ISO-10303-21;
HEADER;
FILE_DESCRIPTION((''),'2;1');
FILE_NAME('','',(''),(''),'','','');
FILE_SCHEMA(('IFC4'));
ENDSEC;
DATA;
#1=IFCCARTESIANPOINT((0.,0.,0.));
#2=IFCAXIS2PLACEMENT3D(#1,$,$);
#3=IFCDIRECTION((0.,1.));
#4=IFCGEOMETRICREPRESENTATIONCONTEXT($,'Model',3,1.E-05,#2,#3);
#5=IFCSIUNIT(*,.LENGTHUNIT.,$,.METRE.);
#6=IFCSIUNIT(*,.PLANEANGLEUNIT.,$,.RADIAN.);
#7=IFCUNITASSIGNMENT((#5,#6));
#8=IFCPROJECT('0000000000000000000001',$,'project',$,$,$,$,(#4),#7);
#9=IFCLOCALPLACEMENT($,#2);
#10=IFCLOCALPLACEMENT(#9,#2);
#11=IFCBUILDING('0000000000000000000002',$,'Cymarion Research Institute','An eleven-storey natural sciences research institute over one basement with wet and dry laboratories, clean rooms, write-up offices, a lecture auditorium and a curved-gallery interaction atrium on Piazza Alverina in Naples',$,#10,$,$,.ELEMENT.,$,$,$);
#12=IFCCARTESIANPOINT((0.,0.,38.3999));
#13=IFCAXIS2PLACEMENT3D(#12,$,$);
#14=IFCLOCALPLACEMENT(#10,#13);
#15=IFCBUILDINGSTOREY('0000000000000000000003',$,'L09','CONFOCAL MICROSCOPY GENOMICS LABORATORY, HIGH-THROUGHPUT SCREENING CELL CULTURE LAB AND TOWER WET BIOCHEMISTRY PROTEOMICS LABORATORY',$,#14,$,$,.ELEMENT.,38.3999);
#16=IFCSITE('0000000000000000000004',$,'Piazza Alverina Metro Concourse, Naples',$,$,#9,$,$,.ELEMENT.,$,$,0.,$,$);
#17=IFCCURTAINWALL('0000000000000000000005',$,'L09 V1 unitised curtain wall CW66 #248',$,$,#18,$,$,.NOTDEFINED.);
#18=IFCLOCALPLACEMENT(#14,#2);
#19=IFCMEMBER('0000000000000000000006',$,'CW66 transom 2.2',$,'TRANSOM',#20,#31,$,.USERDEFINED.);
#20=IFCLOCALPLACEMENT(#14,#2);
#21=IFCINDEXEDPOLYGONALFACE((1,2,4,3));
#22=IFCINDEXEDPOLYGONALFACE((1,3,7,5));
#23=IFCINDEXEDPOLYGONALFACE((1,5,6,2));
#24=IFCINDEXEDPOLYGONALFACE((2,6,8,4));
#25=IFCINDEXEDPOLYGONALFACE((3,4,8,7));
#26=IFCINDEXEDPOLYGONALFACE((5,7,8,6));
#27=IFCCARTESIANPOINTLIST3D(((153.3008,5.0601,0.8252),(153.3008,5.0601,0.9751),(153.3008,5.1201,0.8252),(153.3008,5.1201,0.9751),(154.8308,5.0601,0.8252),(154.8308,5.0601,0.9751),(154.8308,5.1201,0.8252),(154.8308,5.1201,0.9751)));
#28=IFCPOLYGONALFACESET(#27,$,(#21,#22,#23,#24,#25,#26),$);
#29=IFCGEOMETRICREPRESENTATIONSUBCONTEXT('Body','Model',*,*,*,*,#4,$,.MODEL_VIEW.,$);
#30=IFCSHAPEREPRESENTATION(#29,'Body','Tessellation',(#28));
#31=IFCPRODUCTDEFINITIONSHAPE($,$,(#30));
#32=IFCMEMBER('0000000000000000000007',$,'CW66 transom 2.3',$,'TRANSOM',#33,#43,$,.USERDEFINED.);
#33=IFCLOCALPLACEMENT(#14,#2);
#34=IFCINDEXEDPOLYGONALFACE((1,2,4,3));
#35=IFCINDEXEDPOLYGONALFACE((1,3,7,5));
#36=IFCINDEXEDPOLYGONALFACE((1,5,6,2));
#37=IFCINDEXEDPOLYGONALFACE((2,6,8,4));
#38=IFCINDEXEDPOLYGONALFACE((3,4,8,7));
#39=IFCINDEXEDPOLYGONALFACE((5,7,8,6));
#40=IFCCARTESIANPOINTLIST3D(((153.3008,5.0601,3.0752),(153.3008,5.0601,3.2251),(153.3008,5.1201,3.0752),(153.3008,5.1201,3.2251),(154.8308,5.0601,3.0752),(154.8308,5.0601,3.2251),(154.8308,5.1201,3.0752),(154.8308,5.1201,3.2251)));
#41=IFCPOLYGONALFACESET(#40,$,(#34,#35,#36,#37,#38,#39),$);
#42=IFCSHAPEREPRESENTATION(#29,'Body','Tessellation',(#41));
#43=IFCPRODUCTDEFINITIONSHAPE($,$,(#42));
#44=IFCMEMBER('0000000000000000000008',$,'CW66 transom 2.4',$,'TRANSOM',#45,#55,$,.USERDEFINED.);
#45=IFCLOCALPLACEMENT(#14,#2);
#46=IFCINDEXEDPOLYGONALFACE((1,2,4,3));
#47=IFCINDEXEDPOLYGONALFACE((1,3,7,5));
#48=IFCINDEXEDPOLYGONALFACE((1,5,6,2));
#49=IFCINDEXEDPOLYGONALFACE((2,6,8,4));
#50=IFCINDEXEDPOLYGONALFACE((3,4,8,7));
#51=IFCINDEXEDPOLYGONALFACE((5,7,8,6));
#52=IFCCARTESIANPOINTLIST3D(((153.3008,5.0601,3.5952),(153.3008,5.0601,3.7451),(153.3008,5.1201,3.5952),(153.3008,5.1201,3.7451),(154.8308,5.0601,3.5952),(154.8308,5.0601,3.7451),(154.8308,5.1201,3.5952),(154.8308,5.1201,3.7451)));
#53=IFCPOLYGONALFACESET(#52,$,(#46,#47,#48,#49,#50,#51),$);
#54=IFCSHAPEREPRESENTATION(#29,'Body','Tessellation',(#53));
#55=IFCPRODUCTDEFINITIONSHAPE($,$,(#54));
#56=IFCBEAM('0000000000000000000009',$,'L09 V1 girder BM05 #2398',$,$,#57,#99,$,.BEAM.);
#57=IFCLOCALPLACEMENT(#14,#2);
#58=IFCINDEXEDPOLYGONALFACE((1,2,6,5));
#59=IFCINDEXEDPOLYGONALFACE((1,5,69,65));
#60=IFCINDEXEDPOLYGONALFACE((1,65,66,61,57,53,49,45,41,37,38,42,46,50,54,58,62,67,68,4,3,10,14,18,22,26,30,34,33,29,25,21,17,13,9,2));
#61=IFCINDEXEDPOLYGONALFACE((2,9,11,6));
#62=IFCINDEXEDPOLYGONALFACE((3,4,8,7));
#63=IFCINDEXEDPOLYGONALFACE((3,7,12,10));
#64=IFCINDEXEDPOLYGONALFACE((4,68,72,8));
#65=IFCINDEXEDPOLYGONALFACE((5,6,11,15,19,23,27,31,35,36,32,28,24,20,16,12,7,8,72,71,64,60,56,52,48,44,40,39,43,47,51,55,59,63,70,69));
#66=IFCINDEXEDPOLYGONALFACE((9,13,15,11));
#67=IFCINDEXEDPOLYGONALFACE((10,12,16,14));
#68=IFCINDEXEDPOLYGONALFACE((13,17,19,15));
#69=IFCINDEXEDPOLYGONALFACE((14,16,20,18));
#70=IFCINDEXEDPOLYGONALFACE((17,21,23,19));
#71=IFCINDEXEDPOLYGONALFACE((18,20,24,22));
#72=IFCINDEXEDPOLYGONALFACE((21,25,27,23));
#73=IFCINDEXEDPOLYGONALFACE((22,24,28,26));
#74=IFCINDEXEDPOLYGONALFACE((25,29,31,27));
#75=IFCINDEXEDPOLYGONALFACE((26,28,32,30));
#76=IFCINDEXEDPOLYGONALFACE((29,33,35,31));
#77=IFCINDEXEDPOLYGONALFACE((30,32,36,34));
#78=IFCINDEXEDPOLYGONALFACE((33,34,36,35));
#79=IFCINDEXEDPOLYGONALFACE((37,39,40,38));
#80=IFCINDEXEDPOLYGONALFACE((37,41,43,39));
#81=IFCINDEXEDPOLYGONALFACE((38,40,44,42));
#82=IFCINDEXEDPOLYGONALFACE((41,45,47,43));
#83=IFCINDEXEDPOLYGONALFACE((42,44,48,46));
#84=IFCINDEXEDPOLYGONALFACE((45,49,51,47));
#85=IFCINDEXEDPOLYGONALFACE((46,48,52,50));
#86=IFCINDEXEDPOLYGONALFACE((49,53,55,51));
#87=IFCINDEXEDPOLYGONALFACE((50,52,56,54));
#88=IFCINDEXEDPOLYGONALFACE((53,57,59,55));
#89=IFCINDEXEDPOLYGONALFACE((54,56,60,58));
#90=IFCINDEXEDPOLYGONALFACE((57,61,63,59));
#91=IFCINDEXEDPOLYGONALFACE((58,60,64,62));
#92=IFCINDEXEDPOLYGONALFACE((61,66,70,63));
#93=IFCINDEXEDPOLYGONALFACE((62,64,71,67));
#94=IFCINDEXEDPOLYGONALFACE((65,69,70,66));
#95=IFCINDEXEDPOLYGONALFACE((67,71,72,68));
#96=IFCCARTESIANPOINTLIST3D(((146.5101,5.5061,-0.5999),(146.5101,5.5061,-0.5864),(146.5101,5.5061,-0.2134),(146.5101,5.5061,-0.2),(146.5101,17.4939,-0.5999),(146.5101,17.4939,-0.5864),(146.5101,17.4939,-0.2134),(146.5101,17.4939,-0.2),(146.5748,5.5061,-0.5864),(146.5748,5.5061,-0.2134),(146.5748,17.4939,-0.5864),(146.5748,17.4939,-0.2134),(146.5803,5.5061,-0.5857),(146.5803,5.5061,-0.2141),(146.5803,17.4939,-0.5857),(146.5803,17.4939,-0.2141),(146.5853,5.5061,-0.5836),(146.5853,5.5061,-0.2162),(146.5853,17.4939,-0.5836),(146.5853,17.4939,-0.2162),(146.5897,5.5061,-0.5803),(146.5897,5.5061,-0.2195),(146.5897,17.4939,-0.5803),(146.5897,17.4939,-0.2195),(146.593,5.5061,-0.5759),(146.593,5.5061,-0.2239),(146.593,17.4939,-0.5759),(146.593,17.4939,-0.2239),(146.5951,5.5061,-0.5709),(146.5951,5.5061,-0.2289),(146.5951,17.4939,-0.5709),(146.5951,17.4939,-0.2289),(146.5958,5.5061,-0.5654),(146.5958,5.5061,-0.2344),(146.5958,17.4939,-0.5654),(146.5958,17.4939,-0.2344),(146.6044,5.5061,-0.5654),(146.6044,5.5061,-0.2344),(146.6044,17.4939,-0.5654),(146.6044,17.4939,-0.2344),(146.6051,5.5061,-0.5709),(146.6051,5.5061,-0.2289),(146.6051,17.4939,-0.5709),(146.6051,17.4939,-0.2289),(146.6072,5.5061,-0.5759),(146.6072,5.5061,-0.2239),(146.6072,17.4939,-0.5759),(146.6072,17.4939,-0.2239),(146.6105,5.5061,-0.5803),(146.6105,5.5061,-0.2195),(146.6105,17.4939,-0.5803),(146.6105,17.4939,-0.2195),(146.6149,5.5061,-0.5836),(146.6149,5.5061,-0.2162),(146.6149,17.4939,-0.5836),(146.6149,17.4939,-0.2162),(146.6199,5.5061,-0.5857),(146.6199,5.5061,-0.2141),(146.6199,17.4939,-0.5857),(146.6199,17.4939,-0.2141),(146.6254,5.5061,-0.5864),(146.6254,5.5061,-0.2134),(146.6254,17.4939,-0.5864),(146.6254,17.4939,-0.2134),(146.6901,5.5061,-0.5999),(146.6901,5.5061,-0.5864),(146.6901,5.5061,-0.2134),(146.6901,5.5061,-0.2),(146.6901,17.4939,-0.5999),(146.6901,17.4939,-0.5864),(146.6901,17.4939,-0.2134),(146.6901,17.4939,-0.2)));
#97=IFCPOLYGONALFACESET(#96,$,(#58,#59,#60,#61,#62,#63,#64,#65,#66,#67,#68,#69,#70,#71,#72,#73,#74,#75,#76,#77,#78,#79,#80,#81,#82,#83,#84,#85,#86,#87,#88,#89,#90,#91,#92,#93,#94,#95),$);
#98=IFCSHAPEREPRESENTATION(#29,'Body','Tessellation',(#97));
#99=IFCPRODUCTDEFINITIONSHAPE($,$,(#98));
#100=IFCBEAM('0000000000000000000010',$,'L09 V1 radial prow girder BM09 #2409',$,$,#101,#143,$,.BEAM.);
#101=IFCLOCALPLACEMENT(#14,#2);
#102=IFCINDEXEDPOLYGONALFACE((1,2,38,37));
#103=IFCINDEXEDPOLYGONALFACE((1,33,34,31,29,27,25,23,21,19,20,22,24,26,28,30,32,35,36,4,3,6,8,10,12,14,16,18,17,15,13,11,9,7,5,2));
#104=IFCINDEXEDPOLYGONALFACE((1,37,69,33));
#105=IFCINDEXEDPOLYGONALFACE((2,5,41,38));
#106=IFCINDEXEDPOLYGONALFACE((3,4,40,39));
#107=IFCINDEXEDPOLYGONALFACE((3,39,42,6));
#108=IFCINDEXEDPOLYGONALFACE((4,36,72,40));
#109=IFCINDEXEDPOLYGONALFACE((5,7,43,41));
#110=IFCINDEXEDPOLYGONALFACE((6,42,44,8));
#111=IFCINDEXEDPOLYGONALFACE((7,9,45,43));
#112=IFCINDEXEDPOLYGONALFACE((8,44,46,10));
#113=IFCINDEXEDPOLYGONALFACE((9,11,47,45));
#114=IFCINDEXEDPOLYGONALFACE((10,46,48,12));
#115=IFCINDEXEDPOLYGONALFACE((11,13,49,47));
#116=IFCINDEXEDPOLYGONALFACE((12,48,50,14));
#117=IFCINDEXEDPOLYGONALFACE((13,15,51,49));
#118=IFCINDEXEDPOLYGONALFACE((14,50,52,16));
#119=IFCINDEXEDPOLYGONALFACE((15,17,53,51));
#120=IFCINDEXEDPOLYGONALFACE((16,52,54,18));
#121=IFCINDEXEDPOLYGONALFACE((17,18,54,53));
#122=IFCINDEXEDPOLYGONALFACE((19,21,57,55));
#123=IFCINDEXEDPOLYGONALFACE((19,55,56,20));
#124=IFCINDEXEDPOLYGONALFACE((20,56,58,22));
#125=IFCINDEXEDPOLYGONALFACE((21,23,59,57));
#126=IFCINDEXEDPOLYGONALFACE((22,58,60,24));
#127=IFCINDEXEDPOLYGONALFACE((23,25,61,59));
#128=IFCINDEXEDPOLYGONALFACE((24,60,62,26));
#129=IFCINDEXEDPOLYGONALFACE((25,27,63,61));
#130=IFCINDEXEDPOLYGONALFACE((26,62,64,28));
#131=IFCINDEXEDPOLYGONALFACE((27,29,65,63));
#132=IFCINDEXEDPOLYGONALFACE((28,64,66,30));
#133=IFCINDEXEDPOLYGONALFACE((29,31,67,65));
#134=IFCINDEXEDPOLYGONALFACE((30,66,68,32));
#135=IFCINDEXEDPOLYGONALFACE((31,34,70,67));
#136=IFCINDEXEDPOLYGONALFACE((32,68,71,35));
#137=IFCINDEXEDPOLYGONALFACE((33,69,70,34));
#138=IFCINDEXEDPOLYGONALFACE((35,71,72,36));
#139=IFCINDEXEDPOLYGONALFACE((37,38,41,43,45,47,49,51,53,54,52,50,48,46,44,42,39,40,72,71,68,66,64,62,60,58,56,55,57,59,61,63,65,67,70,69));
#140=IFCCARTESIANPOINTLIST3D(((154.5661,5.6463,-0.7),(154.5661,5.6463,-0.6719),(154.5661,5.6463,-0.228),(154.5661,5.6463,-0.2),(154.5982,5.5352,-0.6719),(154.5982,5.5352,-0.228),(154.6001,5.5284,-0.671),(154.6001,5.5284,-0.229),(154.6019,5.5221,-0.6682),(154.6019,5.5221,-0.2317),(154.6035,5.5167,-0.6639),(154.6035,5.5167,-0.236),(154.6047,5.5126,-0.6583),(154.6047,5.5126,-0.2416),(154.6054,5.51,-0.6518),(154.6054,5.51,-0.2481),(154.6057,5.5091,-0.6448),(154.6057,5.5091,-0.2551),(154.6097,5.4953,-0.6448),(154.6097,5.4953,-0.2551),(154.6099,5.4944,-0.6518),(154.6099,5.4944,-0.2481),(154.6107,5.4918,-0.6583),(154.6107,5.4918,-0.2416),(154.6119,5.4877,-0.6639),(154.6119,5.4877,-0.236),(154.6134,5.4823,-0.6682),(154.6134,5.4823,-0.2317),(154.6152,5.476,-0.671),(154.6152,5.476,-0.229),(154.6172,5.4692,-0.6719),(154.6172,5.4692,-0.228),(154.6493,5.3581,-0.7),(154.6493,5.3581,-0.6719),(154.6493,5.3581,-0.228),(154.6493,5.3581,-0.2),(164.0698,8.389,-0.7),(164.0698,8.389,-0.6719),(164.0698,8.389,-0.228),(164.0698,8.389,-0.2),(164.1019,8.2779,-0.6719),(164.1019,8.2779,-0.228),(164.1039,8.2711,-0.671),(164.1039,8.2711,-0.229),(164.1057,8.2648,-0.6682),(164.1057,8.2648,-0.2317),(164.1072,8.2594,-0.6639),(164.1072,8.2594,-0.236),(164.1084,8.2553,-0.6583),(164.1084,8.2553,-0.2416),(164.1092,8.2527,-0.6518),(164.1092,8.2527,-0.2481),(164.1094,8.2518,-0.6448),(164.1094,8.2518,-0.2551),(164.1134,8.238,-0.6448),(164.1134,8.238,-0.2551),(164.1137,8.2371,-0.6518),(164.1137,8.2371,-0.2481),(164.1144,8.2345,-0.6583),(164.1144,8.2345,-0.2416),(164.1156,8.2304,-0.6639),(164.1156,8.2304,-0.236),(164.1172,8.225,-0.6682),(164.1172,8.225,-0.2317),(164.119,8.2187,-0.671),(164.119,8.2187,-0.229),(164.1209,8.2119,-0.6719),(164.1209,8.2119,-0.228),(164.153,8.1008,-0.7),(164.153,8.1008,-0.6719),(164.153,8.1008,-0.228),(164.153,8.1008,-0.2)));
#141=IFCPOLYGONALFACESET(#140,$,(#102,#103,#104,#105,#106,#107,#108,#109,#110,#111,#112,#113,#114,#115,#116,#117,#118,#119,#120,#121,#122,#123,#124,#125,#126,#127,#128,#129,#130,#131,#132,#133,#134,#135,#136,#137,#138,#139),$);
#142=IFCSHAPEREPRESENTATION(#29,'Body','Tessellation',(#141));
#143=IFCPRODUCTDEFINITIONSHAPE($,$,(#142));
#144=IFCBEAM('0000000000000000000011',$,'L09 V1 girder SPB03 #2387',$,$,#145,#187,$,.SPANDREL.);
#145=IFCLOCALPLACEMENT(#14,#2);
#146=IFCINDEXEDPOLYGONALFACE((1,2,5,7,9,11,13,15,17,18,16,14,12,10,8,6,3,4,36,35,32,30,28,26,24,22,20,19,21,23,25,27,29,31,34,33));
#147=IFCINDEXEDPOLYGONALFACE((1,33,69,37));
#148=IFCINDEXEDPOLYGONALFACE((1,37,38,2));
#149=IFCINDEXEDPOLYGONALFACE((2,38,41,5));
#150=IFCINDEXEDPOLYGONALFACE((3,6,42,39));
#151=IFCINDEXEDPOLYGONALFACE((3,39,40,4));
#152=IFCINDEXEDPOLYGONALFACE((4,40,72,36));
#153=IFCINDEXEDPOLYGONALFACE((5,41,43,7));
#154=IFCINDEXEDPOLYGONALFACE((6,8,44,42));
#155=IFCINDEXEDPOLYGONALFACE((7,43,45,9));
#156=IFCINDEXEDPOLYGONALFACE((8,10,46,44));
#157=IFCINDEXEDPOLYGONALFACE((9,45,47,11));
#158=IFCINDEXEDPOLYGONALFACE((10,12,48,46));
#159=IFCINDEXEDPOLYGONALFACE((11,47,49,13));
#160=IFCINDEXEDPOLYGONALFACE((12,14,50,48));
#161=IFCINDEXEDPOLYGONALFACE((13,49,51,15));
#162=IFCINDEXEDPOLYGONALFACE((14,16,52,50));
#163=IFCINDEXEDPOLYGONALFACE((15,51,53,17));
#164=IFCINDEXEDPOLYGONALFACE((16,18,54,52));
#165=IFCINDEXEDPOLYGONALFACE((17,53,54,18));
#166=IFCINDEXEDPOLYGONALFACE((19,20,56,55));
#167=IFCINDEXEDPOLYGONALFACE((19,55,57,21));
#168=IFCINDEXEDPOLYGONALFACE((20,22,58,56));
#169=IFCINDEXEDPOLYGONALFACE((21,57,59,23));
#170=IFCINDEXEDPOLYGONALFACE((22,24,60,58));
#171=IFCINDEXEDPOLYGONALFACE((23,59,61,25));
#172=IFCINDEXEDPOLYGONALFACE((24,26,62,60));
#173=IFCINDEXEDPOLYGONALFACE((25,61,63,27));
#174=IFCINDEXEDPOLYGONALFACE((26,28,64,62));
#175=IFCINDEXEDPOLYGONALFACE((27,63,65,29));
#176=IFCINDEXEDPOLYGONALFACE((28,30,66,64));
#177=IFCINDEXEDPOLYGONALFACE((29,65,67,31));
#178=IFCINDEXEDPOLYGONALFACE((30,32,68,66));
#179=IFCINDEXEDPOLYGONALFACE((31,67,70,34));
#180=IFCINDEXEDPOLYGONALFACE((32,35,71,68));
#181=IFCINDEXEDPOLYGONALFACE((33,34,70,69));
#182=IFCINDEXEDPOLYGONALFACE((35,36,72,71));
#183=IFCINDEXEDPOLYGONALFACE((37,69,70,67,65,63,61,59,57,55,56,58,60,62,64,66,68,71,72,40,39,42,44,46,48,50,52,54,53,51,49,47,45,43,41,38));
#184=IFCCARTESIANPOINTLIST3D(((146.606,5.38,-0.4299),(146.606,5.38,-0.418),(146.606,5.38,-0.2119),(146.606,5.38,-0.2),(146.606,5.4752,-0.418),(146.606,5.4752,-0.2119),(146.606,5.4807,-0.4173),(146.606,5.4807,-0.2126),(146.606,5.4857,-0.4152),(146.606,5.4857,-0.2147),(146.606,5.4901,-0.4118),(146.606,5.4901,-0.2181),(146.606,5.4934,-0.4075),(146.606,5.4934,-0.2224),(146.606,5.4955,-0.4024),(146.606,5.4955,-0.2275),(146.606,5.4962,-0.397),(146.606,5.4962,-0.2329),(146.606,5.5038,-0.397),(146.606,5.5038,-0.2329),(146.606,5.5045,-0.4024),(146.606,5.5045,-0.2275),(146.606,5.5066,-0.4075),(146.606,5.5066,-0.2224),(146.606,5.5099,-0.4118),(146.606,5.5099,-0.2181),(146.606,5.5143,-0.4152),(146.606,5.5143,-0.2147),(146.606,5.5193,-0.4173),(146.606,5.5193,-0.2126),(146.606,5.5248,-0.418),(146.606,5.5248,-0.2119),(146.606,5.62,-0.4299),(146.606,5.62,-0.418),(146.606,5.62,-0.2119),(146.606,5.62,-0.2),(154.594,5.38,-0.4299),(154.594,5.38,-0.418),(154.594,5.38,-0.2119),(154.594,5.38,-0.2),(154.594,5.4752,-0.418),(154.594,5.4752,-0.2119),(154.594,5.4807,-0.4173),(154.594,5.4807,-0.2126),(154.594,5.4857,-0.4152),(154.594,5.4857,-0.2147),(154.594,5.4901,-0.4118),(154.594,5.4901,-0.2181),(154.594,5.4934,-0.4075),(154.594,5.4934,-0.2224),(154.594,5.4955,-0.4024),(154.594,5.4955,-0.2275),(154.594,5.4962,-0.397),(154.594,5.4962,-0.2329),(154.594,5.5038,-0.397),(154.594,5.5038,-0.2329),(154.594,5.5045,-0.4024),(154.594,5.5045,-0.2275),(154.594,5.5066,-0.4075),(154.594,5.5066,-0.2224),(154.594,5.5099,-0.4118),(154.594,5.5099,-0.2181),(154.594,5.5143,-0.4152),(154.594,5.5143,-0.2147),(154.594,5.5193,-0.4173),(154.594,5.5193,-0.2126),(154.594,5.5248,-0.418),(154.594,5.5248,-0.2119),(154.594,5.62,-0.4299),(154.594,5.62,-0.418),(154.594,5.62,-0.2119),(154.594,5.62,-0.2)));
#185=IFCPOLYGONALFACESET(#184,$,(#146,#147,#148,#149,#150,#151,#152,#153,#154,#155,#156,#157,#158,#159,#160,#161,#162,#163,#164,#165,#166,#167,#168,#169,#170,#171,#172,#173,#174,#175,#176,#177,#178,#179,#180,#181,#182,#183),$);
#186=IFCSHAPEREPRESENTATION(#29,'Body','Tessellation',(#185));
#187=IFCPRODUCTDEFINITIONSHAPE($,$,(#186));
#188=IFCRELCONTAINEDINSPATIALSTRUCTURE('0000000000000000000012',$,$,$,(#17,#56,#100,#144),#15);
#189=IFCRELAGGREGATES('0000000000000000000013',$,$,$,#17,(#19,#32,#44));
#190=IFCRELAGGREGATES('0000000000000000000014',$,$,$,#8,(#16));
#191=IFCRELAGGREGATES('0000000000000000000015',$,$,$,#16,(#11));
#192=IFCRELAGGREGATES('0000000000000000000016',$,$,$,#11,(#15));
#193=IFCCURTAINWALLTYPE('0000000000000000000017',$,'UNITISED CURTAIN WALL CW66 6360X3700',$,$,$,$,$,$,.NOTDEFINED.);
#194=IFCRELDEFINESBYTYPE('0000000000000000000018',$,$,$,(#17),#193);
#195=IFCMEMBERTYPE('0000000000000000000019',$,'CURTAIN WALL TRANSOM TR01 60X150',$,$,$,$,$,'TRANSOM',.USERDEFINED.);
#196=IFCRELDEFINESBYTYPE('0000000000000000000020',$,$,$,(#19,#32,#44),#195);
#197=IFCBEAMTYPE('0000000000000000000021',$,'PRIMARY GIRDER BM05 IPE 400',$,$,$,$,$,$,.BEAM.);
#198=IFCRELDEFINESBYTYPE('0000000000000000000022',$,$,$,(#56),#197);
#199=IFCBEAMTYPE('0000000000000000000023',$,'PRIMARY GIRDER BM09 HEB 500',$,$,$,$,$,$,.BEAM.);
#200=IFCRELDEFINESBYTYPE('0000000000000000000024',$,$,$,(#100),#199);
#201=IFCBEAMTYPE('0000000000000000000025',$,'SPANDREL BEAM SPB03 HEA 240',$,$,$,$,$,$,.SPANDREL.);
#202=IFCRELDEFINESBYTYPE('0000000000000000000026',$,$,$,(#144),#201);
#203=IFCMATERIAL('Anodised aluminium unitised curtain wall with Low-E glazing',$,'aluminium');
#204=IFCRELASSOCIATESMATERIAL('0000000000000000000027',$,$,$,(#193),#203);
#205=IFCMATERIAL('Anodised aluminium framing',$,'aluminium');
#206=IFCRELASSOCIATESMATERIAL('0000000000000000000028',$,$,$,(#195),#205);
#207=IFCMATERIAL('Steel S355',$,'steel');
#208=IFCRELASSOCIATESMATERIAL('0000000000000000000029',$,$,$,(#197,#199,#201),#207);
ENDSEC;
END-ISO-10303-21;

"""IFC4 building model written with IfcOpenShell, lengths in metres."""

from ifc_helpers import new_model, si_unit, direction, frame, origin, origin_2d, place, context, subcontext, project, spatial, rectangle, i_section, extrude, material, material_profile, profile_set, type_object, element, aggregate, save


model = new_model("IFC4")

# Units and contexts
model_context = context("Model", 3, precision=1e-05, world=origin(), true_north=direction((0.0, 1.0)))
body_context = subcontext(model_context, "Body", "Model", "MODEL_VIEW")
ifc_project = project(units=[si_unit("LENGTHUNIT", "METRE"), si_unit("PLANEANGLEUNIT", "RADIAN")], contexts=[model_context])

# Site, building, storey
site_placement = place(None, origin())
site = spatial("IfcSite", under=ifc_project, at=site_placement, Name="Piazza Alverina Metro Concourse, Naples", CompositionType="ELEMENT", RefElevation=0.0)
building_placement = place(site_placement, origin())
building = spatial("IfcBuilding", under=site, at=building_placement, Name="Cymarion Research Institute", Description="An eleven-storey natural sciences research institute over one basement with wet and dry laboratories, clean rooms, write-up offices, a lecture auditorium and a curved-gallery interaction atrium on Piazza Alverina in Naples", CompositionType="ELEMENT")
storey_placement = place(building_placement, frame((0.0, 0.0, 38.3999)))
storey = spatial("IfcBuildingStorey", under=building, at=storey_placement, Name="L09", Description="CONFOCAL MICROSCOPY GENOMICS LABORATORY, HIGH-THROUGHPUT SCREENING CELL CULTURE LAB AND TOWER WET BIOCHEMISTRY PROTEOMICS LABORATORY", CompositionType="ELEMENT", Elevation=38.3999)

# Shared definitions
ifc_material_1 = material(Name="Steel S355", Category="steel")

# Curtain wall, members
ifc_material_2 = material(Name="Anodised aluminium unitised curtain wall with Low-E glazing", Category="aluminium")
curtain_wall_type = type_object("IfcCurtainWallType", Name="UNITISED CURTAIN WALL CW66 6360X3700", PredefinedType="NOTDEFINED", material=ifc_material_2)
curtain_wall_placement = place(storey_placement, origin())
curtain_wall = element("IfcCurtainWall", 1, at=curtain_wall_placement, inside=storey, type_object=curtain_wall_type, Name="L09 V1 unitised curtain wall CW66 #248", PredefinedType="NOTDEFINED")
ifc_material_3 = material(Name="Anodised aluminium framing", Category="aluminium")
ifc_material_profile_1 = material_profile(ifc_material_3, rectangle(XDim=0.0601, YDim=0.1499, at=origin_2d()), Name="ALU TRANSOM 60x150")
ifc_profile_set_1 = profile_set([ifc_material_profile_1], Name="Anodised aluminium framing")
member_type_1 = type_object("IfcMemberType", Name="CURTAIN WALL TRANSOM TR01 60X150", ElementType="TRANSOM", PredefinedType="USERDEFINED", material=ifc_profile_set_1)
member_1_placement = place(storey_placement, frame((153.3008, 5.0901, 0.9001), z_axis=(1.0, 0.0, 0.0), x_axis=(0.0, 1.0, 0.0)))
member_1 = element("IfcMember", 2, at=member_1_placement, type_object=member_type_1, Name="CW66 transom 2.2", ObjectType="TRANSOM", PredefinedType="USERDEFINED", context=body_context, shape_type="SweptSolid", body=[
    extrude(rectangle(XDim=0.0601, YDim=0.1499, at=origin_2d()), origin(), (0.0, 0.0, 1.0), 1.53),
])
member_2_placement = place(storey_placement, frame((153.3008, 5.0901, 3.1501), z_axis=(1.0, 0.0, 0.0), x_axis=(0.0, 1.0, 0.0)))
member_2 = element("IfcMember", 3, at=member_2_placement, type_object=member_type_1, Name="CW66 transom 2.3", ObjectType="TRANSOM", PredefinedType="USERDEFINED", context=body_context, shape_type="SweptSolid", body=[
    extrude(rectangle(XDim=0.0601, YDim=0.1499, at=origin_2d()), origin(), (0.0, 0.0, 1.0), 1.53),
])
member_3_placement = place(storey_placement, frame((153.3008, 5.0901, 3.6702), z_axis=(1.0, 0.0, 0.0), x_axis=(0.0, 1.0, 0.0)))
member_3 = element("IfcMember", 4, at=member_3_placement, type_object=member_type_1, Name="CW66 transom 2.4", ObjectType="TRANSOM", PredefinedType="USERDEFINED", context=body_context, shape_type="SweptSolid", body=[
    extrude(rectangle(XDim=0.0601, YDim=0.1499, at=origin_2d()), origin(), (0.0, 0.0, 1.0), 1.53),
])

# Beams
ifc_material_profile_2 = material_profile(ifc_material_1, i_section(OverallWidth=0.1799, OverallDepth=0.3999, WebThickness=0.0085, FlangeThickness=0.0134, FilletRadius=0.021, at=origin_2d()), Name="IPE 400")
ifc_profile_set_2 = profile_set([ifc_material_profile_2], Name="Steel S355")
beam_type_1 = type_object("IfcBeamType", Name="PRIMARY GIRDER BM05 IPE 400", PredefinedType="BEAM", material=ifc_profile_set_2)
beam_1_placement = place(storey_placement, frame((146.6001, 5.5061, -0.3999), z_axis=(0.0, 1.0, 0.0), x_axis=(-1.0, 0.0, 0.0)))
element("IfcBeam", 5, at=beam_1_placement, inside=storey, type_object=beam_type_1, Name="L09 V1 girder BM05 #2398", PredefinedType="BEAM", context=body_context, shape_type="SweptSolid", body=[
    extrude(i_section(OverallWidth=0.1799, OverallDepth=0.3999, WebThickness=0.0085, FlangeThickness=0.0134, FilletRadius=0.021, at=origin_2d()), origin(), (0.0, 0.0, 1.0), 11.9878),
])
ifc_material_profile_3 = material_profile(ifc_material_1, i_section(OverallWidth=0.3, OverallDepth=0.5, WebThickness=0.0144, FlangeThickness=0.0281, FilletRadius=0.0271, at=origin_2d()), Name="HEB 500")
ifc_profile_set_3 = profile_set([ifc_material_profile_3], Name="Steel S355")
beam_type_2 = type_object("IfcBeamType", Name="PRIMARY GIRDER BM09 HEB 500", PredefinedType="BEAM", material=ifc_profile_set_3)
beam_2_placement = place(storey_placement, frame((154.6077, 5.5022, -0.45), z_axis=(0.96079, 0.277276, 0.0), x_axis=(-0.277276, 0.96079, 0.0)))
element("IfcBeam", 6, at=beam_2_placement, inside=storey, type_object=beam_type_2, Name="L09 V1 radial prow girder BM09 #2409", PredefinedType="BEAM", context=body_context, shape_type="SweptSolid", body=[
    extrude(i_section(OverallWidth=0.3, OverallDepth=0.5, WebThickness=0.0144, FlangeThickness=0.0281, FilletRadius=0.0271, at=origin_2d()), origin(), (0.0, 0.0, 1.0), 9.8916),
])
ifc_material_profile_4 = material_profile(ifc_material_1, i_section(OverallWidth=0.24, OverallDepth=0.23, WebThickness=0.0076, FlangeThickness=0.012, FilletRadius=0.021, at=origin_2d()), Name="HEA 240")
ifc_profile_set_4 = profile_set([ifc_material_profile_4], Name="Steel S355")
beam_type_3 = type_object("IfcBeamType", Name="SPANDREL BEAM SPB03 HEA 240", PredefinedType="SPANDREL", material=ifc_profile_set_4)
beam_3_placement = place(storey_placement, frame((146.606, 5.5, -0.3149), z_axis=(1.0, 0.0, 0.0), x_axis=(0.0, 1.0, 0.0)))
element("IfcBeam", 7, at=beam_3_placement, inside=storey, type_object=beam_type_3, Name="L09 V1 girder SPB03 #2387", PredefinedType="SPANDREL", context=body_context, shape_type="SweptSolid", body=[
    extrude(i_section(OverallWidth=0.24, OverallDepth=0.23, WebThickness=0.0076, FlangeThickness=0.012, FilletRadius=0.021, at=origin_2d()), origin(), (0.0, 0.0, 1.0), 7.988),
])

aggregate(curtain_wall, [member_1, member_2, member_3])

save(model, "model.ifc")
